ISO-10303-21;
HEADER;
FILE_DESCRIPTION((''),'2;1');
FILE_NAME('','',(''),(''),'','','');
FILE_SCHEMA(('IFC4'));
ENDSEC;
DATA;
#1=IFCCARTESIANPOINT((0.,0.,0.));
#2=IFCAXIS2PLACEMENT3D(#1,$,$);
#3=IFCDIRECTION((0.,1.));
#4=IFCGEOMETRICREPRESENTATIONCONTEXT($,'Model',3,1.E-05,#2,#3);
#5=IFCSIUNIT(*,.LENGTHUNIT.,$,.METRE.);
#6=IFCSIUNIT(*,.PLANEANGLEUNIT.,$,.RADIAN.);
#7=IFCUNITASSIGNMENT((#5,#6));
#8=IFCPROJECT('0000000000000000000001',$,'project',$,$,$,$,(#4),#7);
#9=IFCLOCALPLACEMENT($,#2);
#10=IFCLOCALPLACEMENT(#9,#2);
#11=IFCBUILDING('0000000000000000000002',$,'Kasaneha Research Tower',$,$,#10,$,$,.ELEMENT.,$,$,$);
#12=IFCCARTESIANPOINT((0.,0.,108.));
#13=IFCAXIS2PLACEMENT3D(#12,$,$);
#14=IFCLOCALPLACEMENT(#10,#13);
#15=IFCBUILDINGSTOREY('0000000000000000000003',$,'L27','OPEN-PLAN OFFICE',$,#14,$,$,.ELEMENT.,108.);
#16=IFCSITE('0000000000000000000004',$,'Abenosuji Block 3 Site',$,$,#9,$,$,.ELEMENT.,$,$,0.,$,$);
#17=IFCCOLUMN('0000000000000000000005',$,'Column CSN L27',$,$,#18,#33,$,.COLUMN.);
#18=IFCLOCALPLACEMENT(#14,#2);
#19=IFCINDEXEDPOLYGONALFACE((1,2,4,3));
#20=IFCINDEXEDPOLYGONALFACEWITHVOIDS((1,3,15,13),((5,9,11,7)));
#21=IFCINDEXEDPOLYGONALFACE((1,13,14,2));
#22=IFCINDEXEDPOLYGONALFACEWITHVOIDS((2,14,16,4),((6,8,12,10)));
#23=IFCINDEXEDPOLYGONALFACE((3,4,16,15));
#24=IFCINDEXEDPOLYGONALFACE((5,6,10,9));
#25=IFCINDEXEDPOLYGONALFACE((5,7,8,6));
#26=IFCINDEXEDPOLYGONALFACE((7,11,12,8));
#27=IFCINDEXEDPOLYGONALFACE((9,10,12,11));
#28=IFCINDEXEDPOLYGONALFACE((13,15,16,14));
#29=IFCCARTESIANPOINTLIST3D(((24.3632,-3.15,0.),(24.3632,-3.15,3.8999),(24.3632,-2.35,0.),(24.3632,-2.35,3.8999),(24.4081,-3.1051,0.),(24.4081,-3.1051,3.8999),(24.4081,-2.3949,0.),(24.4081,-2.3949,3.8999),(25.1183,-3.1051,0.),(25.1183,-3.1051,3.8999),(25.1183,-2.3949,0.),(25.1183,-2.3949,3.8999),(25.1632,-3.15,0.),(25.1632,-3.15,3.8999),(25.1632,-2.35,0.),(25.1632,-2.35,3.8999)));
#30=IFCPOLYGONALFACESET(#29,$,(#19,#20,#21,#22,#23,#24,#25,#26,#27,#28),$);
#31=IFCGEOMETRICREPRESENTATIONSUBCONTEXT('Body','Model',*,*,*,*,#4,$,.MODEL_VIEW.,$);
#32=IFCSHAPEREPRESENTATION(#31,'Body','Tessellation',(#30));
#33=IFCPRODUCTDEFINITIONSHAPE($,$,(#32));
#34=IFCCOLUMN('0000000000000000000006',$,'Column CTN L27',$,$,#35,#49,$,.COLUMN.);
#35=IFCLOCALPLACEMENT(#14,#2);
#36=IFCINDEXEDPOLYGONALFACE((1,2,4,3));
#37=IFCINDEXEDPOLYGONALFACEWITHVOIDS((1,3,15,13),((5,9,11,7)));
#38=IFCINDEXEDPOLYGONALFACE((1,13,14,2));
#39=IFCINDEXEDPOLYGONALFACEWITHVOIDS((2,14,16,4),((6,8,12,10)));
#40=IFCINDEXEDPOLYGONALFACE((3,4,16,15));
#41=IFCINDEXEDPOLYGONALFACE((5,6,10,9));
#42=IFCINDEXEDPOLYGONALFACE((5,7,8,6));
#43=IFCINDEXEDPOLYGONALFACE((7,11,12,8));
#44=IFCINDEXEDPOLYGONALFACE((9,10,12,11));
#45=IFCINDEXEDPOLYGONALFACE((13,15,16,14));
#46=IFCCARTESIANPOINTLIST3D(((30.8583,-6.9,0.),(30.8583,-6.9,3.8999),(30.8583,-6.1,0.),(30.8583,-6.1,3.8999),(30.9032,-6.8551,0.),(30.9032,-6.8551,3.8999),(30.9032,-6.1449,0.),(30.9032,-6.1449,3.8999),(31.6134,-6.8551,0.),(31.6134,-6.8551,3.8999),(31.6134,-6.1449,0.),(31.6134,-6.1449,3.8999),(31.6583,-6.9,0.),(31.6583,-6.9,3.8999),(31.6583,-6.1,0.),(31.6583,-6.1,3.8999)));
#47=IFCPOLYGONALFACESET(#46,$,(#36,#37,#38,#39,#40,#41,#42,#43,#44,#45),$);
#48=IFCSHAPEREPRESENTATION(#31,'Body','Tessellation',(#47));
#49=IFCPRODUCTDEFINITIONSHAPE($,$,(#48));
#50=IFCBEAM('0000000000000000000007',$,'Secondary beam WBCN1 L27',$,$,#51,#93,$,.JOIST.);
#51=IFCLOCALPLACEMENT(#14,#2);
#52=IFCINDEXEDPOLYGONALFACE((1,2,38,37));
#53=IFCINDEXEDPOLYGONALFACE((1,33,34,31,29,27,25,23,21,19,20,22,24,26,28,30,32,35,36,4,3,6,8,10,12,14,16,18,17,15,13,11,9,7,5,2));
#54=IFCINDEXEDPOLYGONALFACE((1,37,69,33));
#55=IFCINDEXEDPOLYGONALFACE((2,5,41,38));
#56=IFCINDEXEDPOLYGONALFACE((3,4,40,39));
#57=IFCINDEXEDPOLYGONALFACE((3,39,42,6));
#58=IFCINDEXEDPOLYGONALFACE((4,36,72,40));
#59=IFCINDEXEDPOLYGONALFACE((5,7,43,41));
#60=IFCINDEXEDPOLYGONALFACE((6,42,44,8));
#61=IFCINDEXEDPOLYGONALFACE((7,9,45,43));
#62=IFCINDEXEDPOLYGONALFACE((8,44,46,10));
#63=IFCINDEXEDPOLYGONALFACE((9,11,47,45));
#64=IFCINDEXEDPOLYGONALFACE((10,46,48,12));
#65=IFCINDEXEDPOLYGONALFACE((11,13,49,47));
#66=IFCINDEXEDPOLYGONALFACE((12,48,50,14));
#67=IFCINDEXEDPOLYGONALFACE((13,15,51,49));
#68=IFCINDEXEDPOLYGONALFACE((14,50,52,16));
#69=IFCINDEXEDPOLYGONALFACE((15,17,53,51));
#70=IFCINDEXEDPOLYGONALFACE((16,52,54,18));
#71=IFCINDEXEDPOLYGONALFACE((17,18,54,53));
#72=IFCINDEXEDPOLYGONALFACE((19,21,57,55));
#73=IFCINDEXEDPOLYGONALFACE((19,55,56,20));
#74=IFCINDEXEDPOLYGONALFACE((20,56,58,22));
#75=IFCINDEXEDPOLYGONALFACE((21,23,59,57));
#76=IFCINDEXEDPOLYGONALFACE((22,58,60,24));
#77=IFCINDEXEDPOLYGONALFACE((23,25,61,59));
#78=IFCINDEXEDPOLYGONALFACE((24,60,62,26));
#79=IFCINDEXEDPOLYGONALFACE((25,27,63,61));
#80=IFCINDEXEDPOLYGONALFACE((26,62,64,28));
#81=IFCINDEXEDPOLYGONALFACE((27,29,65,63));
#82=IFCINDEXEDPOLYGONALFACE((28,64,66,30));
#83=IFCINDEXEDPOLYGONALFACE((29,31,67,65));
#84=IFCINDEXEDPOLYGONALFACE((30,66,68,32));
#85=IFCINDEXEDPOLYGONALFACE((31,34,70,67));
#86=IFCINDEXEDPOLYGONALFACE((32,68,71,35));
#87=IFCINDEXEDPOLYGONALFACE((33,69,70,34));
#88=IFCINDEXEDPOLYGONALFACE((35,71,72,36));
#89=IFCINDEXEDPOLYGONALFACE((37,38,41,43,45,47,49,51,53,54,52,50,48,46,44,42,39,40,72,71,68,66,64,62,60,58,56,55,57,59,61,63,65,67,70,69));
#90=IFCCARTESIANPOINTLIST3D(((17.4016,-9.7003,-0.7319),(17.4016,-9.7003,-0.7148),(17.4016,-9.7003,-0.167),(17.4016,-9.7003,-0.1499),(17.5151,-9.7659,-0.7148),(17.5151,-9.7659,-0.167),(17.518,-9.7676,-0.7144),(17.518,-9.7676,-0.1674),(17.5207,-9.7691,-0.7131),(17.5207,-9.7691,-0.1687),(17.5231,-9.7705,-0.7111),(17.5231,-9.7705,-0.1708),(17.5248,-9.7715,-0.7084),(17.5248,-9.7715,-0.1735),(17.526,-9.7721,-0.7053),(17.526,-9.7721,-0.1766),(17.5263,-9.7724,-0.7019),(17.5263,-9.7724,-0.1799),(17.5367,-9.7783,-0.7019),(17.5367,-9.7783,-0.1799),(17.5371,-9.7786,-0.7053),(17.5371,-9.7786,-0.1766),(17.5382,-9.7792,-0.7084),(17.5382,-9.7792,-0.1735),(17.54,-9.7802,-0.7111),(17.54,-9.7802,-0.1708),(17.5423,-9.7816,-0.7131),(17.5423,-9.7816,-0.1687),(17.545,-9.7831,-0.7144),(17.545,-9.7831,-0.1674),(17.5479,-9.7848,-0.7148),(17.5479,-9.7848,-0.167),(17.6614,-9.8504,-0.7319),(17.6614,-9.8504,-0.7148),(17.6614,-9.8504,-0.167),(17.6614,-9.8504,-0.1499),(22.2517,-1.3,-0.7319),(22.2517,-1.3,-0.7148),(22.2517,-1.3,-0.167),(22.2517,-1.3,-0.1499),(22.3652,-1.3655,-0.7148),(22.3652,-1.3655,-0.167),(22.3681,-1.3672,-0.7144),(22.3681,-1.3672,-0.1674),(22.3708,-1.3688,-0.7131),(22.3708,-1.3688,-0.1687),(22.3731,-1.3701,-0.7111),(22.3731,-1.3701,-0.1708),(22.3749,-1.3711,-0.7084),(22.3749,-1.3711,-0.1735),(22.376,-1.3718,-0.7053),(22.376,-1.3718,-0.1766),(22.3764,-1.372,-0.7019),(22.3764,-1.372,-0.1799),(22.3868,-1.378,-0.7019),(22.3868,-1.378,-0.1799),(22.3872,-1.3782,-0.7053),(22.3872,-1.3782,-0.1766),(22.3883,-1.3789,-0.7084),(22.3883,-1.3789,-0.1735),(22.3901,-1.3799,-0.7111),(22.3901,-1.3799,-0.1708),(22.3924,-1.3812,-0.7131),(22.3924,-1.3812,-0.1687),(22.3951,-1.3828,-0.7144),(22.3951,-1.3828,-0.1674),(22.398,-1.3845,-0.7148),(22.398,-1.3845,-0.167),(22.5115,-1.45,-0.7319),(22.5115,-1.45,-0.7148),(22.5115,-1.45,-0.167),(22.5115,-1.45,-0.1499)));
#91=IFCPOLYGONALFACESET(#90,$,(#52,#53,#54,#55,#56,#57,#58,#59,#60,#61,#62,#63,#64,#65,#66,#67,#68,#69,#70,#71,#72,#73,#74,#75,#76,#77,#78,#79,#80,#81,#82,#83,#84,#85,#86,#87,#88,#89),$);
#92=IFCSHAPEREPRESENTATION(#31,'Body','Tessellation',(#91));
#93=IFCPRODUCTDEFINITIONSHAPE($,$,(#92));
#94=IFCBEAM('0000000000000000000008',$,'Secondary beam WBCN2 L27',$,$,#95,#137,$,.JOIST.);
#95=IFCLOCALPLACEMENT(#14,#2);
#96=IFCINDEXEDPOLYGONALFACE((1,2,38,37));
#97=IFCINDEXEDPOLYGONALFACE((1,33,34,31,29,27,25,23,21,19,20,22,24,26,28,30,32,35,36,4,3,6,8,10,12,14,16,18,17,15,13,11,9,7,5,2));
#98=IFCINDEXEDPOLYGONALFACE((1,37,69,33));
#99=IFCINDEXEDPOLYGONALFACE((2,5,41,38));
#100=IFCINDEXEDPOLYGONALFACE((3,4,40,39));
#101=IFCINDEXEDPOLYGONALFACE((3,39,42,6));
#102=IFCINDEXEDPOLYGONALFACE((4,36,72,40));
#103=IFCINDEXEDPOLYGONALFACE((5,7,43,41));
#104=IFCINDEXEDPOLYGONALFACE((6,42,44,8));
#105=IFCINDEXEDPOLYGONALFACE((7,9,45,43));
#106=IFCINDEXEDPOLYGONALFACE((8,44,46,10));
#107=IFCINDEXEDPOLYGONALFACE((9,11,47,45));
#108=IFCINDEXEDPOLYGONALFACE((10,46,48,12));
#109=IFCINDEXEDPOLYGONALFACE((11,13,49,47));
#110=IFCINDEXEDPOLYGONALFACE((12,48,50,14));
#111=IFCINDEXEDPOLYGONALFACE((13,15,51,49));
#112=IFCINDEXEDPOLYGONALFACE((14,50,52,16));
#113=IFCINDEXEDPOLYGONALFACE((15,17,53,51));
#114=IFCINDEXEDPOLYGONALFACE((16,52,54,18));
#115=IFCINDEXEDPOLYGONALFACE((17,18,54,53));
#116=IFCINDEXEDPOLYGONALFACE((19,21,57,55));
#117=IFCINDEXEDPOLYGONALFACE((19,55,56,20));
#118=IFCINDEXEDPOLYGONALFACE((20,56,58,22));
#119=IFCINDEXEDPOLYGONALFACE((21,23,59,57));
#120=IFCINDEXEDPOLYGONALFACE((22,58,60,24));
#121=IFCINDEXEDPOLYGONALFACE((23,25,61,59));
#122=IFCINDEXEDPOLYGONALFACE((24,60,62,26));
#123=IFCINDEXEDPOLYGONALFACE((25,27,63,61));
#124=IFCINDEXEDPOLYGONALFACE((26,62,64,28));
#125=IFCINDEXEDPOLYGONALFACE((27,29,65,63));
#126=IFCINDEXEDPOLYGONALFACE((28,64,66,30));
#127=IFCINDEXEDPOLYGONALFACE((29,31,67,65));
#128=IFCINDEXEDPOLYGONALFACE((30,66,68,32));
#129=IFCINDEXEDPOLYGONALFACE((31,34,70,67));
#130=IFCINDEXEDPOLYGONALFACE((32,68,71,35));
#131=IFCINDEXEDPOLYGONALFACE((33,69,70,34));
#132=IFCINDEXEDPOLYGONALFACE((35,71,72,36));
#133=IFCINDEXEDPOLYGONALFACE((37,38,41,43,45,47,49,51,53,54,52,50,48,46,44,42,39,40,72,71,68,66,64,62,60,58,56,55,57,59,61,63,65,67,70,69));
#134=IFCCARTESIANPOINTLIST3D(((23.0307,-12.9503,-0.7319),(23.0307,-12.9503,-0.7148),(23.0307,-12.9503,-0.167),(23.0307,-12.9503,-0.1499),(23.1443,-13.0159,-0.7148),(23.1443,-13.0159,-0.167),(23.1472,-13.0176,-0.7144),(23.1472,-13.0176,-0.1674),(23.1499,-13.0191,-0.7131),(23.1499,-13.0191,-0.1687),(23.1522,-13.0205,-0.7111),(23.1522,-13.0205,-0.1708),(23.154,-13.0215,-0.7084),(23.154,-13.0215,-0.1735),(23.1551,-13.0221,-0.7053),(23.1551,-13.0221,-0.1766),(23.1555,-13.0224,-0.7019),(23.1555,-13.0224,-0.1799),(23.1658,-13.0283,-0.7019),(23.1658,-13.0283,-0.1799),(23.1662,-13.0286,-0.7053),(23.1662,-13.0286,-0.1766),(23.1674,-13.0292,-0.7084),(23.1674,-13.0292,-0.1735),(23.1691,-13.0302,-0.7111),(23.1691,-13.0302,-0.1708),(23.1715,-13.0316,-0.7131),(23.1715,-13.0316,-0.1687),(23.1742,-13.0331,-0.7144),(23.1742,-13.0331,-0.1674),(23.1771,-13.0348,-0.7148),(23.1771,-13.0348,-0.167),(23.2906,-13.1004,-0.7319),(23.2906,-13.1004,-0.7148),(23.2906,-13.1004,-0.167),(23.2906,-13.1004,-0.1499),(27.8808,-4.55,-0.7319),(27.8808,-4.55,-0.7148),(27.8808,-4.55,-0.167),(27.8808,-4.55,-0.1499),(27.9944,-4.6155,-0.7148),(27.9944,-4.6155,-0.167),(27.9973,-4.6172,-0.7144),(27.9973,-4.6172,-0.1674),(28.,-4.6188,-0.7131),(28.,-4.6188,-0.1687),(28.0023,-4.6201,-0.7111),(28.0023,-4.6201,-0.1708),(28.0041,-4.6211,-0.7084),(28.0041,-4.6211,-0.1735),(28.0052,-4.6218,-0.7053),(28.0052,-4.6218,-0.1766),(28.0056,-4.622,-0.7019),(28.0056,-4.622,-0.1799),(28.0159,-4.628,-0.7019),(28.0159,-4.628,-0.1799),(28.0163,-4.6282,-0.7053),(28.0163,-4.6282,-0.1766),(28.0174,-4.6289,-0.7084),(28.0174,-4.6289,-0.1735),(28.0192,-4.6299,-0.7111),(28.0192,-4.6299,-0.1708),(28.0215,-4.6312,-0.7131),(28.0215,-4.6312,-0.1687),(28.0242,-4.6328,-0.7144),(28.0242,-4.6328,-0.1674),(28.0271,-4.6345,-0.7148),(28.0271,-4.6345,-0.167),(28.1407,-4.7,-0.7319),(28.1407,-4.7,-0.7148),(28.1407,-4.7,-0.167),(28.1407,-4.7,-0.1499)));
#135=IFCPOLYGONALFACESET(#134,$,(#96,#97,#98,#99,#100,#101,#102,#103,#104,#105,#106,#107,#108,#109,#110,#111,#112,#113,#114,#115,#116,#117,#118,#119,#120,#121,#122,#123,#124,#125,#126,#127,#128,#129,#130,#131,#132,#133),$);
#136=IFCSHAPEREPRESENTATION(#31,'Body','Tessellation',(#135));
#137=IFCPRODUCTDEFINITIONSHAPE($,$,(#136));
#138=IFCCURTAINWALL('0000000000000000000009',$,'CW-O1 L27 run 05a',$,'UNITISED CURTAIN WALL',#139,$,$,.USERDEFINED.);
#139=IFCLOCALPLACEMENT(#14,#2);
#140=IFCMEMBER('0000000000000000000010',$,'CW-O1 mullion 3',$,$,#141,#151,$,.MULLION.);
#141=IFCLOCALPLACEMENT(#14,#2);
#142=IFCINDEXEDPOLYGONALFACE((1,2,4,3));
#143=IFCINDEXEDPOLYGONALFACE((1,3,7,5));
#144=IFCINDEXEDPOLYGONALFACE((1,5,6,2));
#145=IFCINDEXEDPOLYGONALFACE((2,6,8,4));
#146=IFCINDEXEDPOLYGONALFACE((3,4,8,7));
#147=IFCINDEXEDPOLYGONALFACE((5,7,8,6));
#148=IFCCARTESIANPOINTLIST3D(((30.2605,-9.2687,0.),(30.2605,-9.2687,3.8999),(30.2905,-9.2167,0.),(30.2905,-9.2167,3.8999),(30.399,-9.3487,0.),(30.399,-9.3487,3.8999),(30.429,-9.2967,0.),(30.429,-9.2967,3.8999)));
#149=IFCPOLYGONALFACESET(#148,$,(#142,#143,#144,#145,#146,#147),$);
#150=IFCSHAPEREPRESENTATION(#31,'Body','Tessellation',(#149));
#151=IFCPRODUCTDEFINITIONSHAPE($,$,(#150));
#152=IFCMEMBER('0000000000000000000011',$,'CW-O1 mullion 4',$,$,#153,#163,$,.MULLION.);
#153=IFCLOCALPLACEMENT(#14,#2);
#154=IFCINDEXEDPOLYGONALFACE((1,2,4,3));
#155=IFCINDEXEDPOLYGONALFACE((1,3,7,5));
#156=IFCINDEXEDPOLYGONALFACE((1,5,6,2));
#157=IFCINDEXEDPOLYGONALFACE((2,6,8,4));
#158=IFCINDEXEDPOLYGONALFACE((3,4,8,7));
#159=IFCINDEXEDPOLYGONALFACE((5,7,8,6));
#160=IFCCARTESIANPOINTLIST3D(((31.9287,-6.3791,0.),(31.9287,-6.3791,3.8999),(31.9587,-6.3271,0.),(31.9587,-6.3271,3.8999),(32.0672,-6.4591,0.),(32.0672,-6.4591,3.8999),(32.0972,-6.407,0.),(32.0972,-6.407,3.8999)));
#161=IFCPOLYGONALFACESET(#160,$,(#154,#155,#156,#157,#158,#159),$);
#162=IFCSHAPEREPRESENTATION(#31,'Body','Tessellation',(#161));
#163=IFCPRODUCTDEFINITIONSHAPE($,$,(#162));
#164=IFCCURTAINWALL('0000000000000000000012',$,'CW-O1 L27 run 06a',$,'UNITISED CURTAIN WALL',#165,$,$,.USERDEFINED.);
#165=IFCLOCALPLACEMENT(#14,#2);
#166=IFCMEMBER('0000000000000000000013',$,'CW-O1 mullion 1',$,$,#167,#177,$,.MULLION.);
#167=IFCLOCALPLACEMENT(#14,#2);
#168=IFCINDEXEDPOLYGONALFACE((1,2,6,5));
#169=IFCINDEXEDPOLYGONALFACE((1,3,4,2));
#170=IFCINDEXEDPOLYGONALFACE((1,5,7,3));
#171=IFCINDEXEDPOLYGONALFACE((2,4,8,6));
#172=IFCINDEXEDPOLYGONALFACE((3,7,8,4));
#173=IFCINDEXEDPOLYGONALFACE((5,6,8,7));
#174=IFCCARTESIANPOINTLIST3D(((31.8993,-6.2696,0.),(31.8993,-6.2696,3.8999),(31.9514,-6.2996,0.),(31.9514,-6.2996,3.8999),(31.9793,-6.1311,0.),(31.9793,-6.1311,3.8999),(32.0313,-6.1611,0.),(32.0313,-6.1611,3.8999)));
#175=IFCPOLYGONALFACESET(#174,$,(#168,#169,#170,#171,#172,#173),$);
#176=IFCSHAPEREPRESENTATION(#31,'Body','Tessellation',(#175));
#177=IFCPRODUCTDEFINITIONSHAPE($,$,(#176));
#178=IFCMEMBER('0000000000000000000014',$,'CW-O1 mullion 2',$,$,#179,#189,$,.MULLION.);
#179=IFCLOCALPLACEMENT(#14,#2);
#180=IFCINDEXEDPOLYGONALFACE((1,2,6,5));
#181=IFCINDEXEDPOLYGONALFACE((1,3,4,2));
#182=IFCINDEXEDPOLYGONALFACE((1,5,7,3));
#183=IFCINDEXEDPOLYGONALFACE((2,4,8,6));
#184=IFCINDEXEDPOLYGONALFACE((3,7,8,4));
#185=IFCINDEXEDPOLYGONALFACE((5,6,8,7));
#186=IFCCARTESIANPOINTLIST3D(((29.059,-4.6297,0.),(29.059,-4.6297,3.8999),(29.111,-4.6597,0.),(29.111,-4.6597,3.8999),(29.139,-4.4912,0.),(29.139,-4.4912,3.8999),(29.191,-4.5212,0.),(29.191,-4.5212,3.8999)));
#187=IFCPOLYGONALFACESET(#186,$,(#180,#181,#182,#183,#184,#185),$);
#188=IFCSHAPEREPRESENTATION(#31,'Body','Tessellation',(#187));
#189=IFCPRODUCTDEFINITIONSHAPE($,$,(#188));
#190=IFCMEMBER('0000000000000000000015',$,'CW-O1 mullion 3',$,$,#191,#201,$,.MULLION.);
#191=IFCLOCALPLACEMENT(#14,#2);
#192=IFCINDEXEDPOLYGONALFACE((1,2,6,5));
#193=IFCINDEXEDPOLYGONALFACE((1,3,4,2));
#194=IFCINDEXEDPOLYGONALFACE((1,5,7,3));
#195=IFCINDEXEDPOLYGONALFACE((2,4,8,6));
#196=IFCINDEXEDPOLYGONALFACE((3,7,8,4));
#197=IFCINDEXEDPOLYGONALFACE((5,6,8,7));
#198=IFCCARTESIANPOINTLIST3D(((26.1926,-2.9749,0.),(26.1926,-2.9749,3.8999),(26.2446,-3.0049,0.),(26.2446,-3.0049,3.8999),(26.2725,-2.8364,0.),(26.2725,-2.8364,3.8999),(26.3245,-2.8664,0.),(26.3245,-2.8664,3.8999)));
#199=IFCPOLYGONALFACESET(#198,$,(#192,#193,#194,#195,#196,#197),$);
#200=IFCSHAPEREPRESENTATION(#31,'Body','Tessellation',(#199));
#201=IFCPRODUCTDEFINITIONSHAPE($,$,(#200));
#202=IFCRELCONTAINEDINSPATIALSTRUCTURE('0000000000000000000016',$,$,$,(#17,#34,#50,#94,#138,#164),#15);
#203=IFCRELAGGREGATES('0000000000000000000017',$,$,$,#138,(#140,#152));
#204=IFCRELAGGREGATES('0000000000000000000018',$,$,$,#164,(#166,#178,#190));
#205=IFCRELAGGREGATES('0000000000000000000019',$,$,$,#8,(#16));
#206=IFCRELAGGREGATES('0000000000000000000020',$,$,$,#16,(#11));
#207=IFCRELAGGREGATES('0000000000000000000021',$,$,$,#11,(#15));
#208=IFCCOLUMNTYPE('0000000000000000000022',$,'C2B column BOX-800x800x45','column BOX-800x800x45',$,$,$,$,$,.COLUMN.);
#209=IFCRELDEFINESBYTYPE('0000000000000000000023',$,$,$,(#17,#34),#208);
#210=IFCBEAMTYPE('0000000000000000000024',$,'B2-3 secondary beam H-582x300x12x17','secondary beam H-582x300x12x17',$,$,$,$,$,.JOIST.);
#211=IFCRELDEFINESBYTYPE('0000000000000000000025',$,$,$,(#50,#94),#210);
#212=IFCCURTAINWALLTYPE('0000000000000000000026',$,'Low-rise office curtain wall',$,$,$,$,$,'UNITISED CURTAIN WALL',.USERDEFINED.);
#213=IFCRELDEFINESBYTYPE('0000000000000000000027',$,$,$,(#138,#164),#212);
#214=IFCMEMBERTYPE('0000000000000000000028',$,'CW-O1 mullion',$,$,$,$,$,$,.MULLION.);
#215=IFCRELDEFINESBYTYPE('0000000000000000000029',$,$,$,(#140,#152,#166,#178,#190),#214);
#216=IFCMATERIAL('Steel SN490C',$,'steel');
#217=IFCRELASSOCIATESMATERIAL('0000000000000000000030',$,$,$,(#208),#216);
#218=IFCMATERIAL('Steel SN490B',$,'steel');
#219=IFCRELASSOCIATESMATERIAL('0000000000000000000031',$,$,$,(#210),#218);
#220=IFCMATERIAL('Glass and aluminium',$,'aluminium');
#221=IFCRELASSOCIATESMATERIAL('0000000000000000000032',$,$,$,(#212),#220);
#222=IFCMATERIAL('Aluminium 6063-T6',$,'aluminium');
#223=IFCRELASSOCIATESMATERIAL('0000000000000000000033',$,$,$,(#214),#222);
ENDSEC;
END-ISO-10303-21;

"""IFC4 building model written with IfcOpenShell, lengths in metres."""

from ifc_helpers import new_model, si_unit, direction, frame, origin, origin_2d, place, context, subcontext, project, spatial, rectangle, hollow_rectangle, i_section, extrude, material, material_profile, profile_set, type_object, element, aggregate, save


model = new_model("IFC4")

# Units and contexts
model_context = context("Model", 3, precision=1e-05, world=origin(), true_north=direction((0.0, 1.0)))
body_context = subcontext(model_context, "Body", "Model", "MODEL_VIEW")
ifc_project = project(units=[si_unit("LENGTHUNIT", "METRE"), si_unit("PLANEANGLEUNIT", "RADIAN")], contexts=[model_context])

# Site, building, storey
site_placement = place(None, origin())
site = spatial("IfcSite", under=ifc_project, at=site_placement, Name="Abenosuji Block 3 Site", CompositionType="ELEMENT", RefElevation=0.0)
building_placement = place(site_placement, origin())
building = spatial("IfcBuilding", under=site, at=building_placement, Name="Kasaneha Research Tower", CompositionType="ELEMENT")
storey_placement = place(building_placement, frame((0.0, 0.0, 108.0)))
storey = spatial("IfcBuildingStorey", under=building, at=storey_placement, Name="L27", Description="OPEN-PLAN OFFICE", CompositionType="ELEMENT", Elevation=108.0)

# Columns
ifc_material_1 = material(Name="Steel SN490C", Category="steel")
ifc_material_profile_1 = material_profile(ifc_material_1, hollow_rectangle(XDim=0.8, YDim=0.8, WallThickness=0.0449, at=origin_2d()), Name="BOX-800x800x45")
ifc_profile_set_1 = profile_set([ifc_material_profile_1], Name="Steel SN490C")
column_type = type_object("IfcColumnType", Name="C2B column BOX-800x800x45", Description="column BOX-800x800x45", PredefinedType="COLUMN", material=ifc_profile_set_1)
for number, where, z_axis, x_axis, name in (
    (1, (24.7632, -2.75, 0.0), (0.0, 0.0, 1.0), (1.0, 0.0, 0.0), "Column CSN L27"),
    (2, (31.2583, -6.5, 0.0), (0.0, 0.0, 1.0), (1.0, 0.0, 0.0), "Column CTN L27"),
):
    element("IfcColumn", number, at=place(storey_placement, frame(where, z_axis=z_axis, x_axis=x_axis)), inside=storey, type_object=column_type, Name=name, PredefinedType="COLUMN", context=body_context, shape_type="SweptSolid", body=[
        extrude(hollow_rectangle(XDim=0.8, YDim=0.8, WallThickness=0.0449, at=origin_2d()), origin(), (0.0, 0.0, 1.0), 3.8999),
    ])

# Beams
ifc_material_2 = material(Name="Steel SN490B", Category="steel")
ifc_material_profile_2 = material_profile(ifc_material_2, i_section(OverallWidth=0.3, OverallDepth=0.582, WebThickness=0.012, FlangeThickness=0.0171, FilletRadius=0.0129, at=origin_2d()), Name="H-582x300x12x17")
ifc_profile_set_2 = profile_set([ifc_material_profile_2], Name="Steel SN490B")
beam_type_1 = type_object("IfcBeamType", Name="B2-3 secondary beam H-582x300x12x17", Description="secondary beam H-582x300x12x17", PredefinedType="JOIST", material=ifc_profile_set_2)
for number, where, z_axis, x_axis, name in (
    (3, (22.3816, -1.375, -0.4409), (-0.50001, -0.86602, 0.0), (0.86602, -0.50001, 0.0), "Secondary beam WBCN1 L27"),
    (4, (28.0107, -4.625, -0.4409), (-0.50001, -0.86602, 0.0), (0.86602, -0.50001, 0.0), "Secondary beam WBCN2 L27"),
):
    element("IfcBeam", number, at=place(storey_placement, frame(where, z_axis=z_axis, x_axis=x_axis)), inside=storey, type_object=beam_type_1, Name=name, PredefinedType="JOIST", context=body_context, shape_type="SweptSolid", body=[
        extrude(i_section(OverallWidth=0.3, OverallDepth=0.582, WebThickness=0.012, FlangeThickness=0.0171, FilletRadius=0.0129, at=origin_2d()), origin(), (0.0, 0.0, 1.0), 9.7),
    ])

# Curtain walls, members
ifc_material_3 = material(Name="Glass and aluminium", Category="aluminium")
curtain_wall_type = type_object("IfcCurtainWallType", Name="Low-rise office curtain wall", ElementType="UNITISED CURTAIN WALL", PredefinedType="USERDEFINED", material=ifc_material_3)
curtain_wall_1_placement = place(storey_placement, origin())
curtain_wall_1 = element("IfcCurtainWall", 5, at=curtain_wall_1_placement, inside=storey, type_object=curtain_wall_type, Name="CW-O1 L27 run 05a", ObjectType="UNITISED CURTAIN WALL", PredefinedType="USERDEFINED")
ifc_material_4 = material(Name="Aluminium 6063-T6", Category="aluminium")
ifc_material_profile_3 = material_profile(ifc_material_4, rectangle(XDim=0.0601, YDim=0.1599, at=origin_2d()), Name="CW-O1 mullion 60x160")
ifc_profile_set_3 = profile_set([ifc_material_profile_3], Name="Aluminium 6063-T6")
member_type_1 = type_object("IfcMemberType", Name="CW-O1 mullion", PredefinedType="MULLION", material=ifc_profile_set_3)
member_1_placement = place(storey_placement, frame((30.3447, -9.2827, 0.0), z_axis=(0.0, 0.0, 1.0), x_axis=(0.5, 0.866025, 0.0)))
member_1 = element("IfcMember", 6, at=member_1_placement, type_object=member_type_1, Name="CW-O1 mullion 3", PredefinedType="MULLION", context=body_context, shape_type="SweptSolid", body=[
    extrude(rectangle(XDim=0.0601, YDim=0.1599, at=origin_2d()), origin(), (0.0, 0.0, 1.0), 3.8999),
])
member_2_placement = place(storey_placement, frame((32.0129, -6.3931, 0.0), z_axis=(0.0, 0.0, 1.0), x_axis=(0.5, 0.866025, 0.0)))
member_2 = element("IfcMember", 7, at=member_2_placement, type_object=member_type_1, Name="CW-O1 mullion 4", PredefinedType="MULLION", context=body_context, shape_type="SweptSolid", body=[
    extrude(rectangle(XDim=0.0601, YDim=0.1599, at=origin_2d()), origin(), (0.0, 0.0, 1.0), 3.8999),
])
curtain_wall_2_placement = place(storey_placement, origin())
curtain_wall_2 = element("IfcCurtainWall", 8, at=curtain_wall_2_placement, inside=storey, type_object=curtain_wall_type, Name="CW-O1 L27 run 06a", ObjectType="UNITISED CURTAIN WALL", PredefinedType="USERDEFINED")
member_3_placement = place(storey_placement, frame((31.9653, -6.2153, 0.0), z_axis=(0.0, 0.0, 1.0), x_axis=(-0.866025, 0.5, 0.0)))
member_3 = element("IfcMember", 9, at=member_3_placement, type_object=member_type_1, Name="CW-O1 mullion 1", PredefinedType="MULLION", context=body_context, shape_type="SweptSolid", body=[
    extrude(rectangle(XDim=0.0601, YDim=0.1599, at=origin_2d()), origin(), (0.0, 0.0, 1.0), 3.8999),
])
member_4_placement = place(storey_placement, frame((29.125, -4.5754, 0.0), z_axis=(0.0, 0.0, 1.0), x_axis=(-0.866025, 0.5, 0.0)))
member_4 = element("IfcMember", 10, at=member_4_placement, type_object=member_type_1, Name="CW-O1 mullion 2", PredefinedType="MULLION", context=body_context, shape_type="SweptSolid", body=[
    extrude(rectangle(XDim=0.0601, YDim=0.1599, at=origin_2d()), origin(), (0.0, 0.0, 1.0), 3.8999),
])
member_5_placement = place(storey_placement, frame((26.2585, -2.9207, 0.0), z_axis=(0.0, 0.0, 1.0), x_axis=(-0.866025, 0.5, 0.0)))
member_5 = element("IfcMember", 11, at=member_5_placement, type_object=member_type_1, Name="CW-O1 mullion 3", PredefinedType="MULLION", context=body_context, shape_type="SweptSolid", body=[
    extrude(rectangle(XDim=0.0601, YDim=0.1599, at=origin_2d()), origin(), (0.0, 0.0, 1.0), 3.8999),
])

aggregate(curtain_wall_1, [member_1, member_2])
aggregate(curtain_wall_2, [member_3, member_4, member_5])

save(model, "model.ifc")
